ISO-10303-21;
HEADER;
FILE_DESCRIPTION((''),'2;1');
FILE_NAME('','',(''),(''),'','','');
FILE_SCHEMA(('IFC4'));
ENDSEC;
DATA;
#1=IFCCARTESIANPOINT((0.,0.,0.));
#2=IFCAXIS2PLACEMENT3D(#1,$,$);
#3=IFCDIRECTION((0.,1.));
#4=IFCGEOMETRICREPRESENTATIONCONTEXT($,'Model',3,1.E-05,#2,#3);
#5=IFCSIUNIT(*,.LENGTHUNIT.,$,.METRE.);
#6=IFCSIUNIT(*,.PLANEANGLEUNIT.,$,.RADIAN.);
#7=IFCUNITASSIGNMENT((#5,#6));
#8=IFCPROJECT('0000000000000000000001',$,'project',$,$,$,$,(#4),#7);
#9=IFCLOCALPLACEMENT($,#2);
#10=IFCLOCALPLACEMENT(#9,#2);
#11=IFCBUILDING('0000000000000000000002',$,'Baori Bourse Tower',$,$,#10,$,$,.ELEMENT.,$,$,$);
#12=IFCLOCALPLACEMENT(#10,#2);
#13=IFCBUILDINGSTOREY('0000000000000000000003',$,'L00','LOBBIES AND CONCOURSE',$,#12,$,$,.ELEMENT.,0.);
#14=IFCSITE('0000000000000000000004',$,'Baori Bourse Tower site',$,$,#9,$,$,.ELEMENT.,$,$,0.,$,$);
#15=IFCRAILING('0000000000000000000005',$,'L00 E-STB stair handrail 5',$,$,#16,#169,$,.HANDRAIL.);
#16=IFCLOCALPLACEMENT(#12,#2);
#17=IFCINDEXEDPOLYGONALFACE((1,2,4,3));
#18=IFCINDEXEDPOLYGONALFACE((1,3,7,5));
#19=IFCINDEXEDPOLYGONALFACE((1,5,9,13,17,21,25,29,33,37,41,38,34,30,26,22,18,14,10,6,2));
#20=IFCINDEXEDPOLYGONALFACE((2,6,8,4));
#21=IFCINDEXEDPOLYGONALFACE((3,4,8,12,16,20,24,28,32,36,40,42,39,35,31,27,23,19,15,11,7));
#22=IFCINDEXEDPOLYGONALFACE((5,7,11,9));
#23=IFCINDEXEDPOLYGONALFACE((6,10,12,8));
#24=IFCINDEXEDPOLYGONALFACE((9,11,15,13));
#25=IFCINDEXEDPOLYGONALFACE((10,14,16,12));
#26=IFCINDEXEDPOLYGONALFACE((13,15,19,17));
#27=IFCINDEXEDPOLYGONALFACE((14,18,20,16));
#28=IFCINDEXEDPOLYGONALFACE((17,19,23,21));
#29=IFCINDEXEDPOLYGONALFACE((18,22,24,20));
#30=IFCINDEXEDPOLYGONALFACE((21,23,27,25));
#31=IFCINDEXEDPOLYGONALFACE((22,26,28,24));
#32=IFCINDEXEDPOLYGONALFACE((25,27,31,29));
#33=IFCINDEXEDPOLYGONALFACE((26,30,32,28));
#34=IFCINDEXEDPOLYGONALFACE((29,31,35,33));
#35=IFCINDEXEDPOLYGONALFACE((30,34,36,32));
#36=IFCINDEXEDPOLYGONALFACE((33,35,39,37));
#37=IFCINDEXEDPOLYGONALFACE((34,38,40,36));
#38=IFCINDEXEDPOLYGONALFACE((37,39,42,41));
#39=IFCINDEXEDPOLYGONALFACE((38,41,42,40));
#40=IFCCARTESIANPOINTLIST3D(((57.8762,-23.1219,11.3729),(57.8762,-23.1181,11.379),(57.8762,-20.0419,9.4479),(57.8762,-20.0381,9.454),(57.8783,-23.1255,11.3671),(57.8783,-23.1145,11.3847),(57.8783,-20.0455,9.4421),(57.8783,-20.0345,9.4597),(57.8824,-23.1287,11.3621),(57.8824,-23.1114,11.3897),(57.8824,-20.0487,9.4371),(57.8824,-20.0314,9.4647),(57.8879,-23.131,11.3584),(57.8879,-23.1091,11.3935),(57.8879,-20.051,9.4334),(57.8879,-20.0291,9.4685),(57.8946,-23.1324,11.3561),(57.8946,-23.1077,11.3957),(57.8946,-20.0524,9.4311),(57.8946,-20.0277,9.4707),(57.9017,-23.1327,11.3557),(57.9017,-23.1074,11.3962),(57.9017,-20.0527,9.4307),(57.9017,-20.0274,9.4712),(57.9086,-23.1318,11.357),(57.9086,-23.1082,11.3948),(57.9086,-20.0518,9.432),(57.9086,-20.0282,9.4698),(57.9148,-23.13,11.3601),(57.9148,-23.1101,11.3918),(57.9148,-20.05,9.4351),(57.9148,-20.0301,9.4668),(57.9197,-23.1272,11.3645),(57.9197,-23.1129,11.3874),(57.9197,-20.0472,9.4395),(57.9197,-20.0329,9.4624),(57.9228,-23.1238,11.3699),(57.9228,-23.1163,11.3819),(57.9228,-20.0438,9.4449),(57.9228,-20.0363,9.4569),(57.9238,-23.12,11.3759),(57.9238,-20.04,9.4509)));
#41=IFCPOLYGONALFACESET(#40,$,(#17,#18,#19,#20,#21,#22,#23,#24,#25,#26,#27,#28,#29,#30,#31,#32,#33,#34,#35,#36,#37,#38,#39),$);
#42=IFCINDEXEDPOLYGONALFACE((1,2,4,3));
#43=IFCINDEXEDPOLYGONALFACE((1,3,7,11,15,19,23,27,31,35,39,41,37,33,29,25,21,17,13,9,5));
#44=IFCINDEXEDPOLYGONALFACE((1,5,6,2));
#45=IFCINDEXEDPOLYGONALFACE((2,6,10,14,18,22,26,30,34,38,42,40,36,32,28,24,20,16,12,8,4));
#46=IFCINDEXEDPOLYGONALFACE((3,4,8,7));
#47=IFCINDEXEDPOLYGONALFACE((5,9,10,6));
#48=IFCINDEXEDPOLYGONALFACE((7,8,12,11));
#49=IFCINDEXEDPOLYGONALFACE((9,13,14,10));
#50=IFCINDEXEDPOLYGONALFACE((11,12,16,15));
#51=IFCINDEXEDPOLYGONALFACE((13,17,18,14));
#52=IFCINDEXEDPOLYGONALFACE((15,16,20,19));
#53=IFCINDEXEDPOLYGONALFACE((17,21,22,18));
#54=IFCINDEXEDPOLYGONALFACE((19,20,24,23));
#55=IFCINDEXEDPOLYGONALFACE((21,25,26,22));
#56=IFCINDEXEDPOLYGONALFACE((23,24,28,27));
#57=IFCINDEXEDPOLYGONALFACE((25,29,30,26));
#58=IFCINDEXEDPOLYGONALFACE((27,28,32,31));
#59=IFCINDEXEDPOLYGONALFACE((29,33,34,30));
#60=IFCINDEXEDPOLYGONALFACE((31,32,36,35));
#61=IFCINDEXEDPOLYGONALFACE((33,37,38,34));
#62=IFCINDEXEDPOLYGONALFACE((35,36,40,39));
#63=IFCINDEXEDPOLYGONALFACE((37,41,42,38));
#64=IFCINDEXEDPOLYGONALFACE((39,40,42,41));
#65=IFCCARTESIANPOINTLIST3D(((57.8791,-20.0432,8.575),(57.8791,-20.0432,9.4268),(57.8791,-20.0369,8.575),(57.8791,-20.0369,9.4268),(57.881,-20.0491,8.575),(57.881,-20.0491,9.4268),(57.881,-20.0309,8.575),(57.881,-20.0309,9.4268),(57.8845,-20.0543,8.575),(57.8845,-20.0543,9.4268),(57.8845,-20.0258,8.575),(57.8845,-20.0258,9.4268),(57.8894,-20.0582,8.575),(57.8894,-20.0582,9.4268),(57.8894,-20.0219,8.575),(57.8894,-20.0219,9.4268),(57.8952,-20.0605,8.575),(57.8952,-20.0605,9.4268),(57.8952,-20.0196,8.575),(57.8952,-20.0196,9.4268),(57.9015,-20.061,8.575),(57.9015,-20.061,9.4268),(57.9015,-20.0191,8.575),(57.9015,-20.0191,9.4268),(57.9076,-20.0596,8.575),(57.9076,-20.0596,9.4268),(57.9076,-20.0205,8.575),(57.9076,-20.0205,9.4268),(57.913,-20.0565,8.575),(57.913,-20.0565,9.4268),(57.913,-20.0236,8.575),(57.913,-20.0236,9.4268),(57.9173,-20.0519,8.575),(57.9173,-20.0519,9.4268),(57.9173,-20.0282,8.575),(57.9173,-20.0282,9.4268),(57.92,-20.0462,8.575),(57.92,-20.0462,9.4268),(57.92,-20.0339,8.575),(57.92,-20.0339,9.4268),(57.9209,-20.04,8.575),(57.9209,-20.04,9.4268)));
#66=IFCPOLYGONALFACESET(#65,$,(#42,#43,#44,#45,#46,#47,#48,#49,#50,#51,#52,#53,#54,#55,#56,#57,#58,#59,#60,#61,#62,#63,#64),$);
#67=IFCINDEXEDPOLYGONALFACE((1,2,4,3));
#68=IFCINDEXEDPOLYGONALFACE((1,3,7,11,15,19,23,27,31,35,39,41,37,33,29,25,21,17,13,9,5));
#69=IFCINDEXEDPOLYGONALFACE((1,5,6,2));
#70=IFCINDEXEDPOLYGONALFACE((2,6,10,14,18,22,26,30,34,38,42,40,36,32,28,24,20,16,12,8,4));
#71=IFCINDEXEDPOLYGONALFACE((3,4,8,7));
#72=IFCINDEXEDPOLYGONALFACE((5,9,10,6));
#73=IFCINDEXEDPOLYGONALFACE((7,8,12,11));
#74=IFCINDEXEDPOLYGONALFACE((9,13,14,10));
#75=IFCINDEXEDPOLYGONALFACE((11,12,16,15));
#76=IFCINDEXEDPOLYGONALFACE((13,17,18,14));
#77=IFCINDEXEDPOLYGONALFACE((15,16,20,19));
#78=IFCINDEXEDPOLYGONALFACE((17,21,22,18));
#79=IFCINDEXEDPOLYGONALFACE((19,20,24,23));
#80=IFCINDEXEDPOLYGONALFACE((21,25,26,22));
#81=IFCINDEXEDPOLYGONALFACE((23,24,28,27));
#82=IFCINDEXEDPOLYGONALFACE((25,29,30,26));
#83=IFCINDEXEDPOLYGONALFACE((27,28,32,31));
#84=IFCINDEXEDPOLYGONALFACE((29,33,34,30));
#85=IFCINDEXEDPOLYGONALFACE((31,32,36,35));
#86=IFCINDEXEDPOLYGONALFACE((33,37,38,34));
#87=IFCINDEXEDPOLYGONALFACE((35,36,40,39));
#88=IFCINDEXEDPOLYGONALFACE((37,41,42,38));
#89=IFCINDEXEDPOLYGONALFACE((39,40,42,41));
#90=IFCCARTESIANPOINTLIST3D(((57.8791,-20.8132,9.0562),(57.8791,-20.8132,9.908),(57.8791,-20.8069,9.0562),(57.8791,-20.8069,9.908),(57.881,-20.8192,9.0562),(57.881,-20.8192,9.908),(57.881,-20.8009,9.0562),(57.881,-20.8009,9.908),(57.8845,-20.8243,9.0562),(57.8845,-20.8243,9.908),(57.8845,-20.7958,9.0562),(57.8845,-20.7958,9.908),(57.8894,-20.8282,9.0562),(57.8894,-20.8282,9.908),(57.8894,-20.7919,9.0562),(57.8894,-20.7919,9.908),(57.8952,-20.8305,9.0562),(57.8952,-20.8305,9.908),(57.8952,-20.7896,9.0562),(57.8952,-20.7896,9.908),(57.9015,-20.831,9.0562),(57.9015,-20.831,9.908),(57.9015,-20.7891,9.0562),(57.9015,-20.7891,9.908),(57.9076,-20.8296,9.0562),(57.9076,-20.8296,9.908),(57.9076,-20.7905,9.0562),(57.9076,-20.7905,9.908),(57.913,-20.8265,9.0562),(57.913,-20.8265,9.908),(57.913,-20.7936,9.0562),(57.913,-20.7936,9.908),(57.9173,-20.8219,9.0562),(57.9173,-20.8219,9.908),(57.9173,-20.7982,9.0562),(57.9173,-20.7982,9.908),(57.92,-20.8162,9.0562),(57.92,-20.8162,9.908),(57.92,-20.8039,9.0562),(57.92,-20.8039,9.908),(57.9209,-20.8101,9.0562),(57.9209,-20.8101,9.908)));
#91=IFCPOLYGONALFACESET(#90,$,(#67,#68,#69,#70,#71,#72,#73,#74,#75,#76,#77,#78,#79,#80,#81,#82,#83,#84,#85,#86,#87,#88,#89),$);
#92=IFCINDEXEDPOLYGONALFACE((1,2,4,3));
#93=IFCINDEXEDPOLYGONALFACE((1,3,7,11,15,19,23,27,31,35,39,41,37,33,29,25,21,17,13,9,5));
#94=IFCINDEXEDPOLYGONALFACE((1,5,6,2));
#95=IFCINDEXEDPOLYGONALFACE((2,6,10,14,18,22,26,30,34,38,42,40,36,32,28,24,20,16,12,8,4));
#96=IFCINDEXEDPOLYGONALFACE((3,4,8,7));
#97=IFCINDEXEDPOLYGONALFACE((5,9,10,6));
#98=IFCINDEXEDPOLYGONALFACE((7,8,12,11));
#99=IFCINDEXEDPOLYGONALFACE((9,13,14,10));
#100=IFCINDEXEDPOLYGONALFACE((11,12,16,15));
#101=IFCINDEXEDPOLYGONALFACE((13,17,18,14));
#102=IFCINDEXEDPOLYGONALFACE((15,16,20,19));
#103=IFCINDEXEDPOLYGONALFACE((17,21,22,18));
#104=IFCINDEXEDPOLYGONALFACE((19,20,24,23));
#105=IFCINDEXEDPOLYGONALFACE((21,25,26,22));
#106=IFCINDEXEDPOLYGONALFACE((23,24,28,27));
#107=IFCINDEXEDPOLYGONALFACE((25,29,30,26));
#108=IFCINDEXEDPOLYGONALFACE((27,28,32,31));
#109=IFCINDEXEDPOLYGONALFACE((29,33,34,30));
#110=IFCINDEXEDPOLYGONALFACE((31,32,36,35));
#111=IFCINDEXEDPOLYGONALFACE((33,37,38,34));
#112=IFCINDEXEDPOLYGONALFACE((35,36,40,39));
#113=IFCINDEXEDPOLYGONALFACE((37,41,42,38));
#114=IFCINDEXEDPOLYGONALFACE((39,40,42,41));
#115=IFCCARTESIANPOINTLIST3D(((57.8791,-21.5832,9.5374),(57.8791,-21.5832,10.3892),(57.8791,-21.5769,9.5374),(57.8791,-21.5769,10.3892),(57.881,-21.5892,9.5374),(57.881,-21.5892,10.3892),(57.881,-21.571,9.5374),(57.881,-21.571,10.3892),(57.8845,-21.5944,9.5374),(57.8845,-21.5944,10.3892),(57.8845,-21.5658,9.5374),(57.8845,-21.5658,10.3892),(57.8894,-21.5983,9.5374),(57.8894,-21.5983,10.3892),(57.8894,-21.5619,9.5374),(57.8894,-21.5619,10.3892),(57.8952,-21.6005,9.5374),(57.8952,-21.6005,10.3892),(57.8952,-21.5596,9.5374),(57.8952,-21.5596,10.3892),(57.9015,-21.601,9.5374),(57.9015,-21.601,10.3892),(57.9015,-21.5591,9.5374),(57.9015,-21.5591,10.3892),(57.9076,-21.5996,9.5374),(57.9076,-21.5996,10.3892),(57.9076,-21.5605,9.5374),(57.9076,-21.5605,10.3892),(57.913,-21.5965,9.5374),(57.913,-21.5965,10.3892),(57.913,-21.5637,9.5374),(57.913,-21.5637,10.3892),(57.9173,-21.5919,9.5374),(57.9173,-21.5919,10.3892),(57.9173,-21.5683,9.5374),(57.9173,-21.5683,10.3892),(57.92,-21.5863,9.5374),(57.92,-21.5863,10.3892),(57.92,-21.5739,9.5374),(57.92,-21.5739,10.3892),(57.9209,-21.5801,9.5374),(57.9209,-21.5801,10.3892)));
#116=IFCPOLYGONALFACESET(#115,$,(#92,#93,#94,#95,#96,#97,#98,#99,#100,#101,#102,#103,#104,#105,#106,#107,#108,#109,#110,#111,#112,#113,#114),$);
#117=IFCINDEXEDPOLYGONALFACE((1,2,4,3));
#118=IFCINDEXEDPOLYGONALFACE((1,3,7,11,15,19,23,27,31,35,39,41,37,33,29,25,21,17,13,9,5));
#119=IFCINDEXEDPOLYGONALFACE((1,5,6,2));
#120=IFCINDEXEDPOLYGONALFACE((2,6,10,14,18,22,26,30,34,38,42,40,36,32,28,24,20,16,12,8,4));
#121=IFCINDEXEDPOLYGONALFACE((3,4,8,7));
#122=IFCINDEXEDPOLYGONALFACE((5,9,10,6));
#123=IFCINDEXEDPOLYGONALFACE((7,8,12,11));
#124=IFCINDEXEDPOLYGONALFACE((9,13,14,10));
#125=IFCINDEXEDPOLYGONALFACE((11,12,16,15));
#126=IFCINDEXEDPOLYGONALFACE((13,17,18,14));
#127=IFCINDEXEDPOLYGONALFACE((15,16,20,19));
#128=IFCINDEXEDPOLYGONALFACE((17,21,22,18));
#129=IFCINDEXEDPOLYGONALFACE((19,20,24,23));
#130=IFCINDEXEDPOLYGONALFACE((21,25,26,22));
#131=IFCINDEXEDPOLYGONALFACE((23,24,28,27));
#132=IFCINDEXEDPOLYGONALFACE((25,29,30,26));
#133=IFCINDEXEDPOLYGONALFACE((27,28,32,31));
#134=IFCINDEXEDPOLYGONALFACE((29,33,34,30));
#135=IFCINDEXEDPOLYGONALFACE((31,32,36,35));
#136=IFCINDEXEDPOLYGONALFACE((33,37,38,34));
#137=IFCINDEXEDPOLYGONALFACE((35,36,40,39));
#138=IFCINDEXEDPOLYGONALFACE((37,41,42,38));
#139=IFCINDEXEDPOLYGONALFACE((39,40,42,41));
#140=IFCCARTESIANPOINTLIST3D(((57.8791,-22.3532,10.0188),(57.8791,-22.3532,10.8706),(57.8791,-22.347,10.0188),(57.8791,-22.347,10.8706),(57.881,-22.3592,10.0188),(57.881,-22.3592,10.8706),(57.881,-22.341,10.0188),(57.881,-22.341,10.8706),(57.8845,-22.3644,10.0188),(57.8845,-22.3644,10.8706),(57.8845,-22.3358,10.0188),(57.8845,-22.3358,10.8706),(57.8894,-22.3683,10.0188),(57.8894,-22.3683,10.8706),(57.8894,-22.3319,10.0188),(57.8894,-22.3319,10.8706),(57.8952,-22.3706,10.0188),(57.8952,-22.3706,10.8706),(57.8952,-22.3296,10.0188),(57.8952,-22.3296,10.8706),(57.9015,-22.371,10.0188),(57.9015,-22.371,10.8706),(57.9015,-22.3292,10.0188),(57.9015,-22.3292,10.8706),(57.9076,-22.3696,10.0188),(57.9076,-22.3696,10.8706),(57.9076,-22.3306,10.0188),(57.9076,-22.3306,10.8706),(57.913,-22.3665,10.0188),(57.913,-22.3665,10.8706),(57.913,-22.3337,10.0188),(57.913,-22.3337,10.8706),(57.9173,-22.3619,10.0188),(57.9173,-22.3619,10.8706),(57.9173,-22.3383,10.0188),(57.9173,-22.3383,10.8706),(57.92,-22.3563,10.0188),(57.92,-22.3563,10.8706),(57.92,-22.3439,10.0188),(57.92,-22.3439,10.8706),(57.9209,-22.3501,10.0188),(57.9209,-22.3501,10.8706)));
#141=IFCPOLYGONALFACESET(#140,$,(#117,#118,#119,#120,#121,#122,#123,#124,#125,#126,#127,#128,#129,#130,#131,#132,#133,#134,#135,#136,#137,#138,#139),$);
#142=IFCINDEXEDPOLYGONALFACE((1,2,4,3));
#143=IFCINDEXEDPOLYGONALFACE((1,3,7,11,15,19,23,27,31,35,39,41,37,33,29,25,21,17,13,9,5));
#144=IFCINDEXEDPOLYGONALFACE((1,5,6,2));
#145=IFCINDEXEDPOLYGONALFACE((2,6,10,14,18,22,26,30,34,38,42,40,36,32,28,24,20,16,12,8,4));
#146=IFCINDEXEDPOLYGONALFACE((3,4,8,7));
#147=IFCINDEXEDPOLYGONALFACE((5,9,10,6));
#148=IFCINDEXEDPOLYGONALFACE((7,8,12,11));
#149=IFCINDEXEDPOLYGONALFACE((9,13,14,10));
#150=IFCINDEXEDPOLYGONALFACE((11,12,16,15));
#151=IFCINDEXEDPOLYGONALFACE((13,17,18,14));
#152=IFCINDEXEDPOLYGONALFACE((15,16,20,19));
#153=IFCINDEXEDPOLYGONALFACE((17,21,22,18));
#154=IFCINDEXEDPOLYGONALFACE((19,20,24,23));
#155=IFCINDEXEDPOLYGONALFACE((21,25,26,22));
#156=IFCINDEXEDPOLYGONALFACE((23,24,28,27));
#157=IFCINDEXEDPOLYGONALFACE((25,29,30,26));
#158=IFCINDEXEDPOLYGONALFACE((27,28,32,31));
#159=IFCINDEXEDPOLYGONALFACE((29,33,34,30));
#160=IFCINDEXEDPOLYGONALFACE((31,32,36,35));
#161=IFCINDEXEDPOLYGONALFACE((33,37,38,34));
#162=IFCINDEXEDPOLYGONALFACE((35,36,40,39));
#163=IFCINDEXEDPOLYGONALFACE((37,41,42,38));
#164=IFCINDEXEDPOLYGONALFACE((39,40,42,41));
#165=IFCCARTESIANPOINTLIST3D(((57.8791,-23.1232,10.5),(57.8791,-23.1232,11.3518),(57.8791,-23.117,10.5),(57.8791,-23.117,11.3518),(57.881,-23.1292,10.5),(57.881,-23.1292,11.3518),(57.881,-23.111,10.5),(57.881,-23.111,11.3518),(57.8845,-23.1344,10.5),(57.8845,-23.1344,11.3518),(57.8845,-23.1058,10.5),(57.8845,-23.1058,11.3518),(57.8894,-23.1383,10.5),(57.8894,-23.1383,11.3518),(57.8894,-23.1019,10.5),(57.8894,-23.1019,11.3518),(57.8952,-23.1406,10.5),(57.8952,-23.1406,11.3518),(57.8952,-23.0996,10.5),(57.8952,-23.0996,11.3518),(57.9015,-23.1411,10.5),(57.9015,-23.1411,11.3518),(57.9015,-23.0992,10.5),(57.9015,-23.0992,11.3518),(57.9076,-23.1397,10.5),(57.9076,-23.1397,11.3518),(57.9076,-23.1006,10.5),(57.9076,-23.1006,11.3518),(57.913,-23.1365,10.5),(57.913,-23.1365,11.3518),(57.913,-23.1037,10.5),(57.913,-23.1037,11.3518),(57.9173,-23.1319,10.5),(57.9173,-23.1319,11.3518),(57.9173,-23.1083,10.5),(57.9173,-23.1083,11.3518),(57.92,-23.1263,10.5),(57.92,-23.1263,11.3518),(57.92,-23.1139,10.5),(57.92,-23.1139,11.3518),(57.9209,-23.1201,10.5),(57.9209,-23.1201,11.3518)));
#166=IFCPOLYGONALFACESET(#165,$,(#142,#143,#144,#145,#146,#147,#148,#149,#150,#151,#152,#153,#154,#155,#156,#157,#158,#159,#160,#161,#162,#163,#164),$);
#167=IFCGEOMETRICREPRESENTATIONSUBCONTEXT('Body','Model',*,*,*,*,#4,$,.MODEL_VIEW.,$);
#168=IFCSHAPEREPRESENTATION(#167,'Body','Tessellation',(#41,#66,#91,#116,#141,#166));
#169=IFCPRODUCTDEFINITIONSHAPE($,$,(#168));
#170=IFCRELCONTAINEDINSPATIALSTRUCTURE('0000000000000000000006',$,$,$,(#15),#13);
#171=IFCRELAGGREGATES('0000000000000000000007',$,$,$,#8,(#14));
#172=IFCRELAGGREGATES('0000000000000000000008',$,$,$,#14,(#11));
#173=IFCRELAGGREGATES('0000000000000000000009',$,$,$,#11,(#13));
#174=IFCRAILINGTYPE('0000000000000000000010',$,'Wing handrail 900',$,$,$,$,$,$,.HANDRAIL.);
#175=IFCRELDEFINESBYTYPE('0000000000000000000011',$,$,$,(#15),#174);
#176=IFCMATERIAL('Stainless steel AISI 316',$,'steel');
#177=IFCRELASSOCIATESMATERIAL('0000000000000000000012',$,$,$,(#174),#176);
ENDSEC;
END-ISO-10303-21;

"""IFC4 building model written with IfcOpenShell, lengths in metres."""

from ifc_helpers import new_model, si_unit, direction, frame, origin, origin_2d, place, context, subcontext, project, spatial, circle, extrude, material, type_object, element, save


model = new_model("IFC4")

# Units and contexts
model_context = context("Model", 3, precision=1e-05, world=origin(), true_north=direction((0.0, 1.0)))
body_context = subcontext(model_context, "Body", "Model", "MODEL_VIEW")
ifc_project = project(units=[si_unit("LENGTHUNIT", "METRE"), si_unit("PLANEANGLEUNIT", "RADIAN")], contexts=[model_context])

# Site, building, storey
site_placement = place(None, origin())
site = spatial("IfcSite", under=ifc_project, at=site_placement, Name="Baori Bourse Tower site", CompositionType="ELEMENT", RefElevation=0.0)
building_placement = place(site_placement, origin())
building = spatial("IfcBuilding", under=site, at=building_placement, Name="Baori Bourse Tower", CompositionType="ELEMENT")
storey_placement = place(building_placement, origin())
storey = spatial("IfcBuildingStorey", under=building, at=storey_placement, Name="L00", Description="LOBBIES AND CONCOURSE", CompositionType="ELEMENT", Elevation=0.0)

# Railing
ifc_material_1 = material(Name="Stainless steel AISI 316", Category="steel")
railing_type_1 = type_object("IfcRailingType", Name="Wing handrail 900", PredefinedType="HANDRAIL", material=ifc_material_1)
railing_1_placement = place(storey_placement, frame((57.8999, -20.04, 8.575)))
element("IfcRailing", 1, at=railing_1_placement, inside=storey, type_object=railing_type_1, Name="L00 E-STB stair handrail 5", PredefinedType="HANDRAIL", context=body_context, shape_type="SweptSolid", body=[
    extrude(circle(Radius=0.0239, at=origin_2d()), frame((0.0, 0.0, 0.876), z_axis=(0.0, -0.847998, 0.529999), x_axis=(1.0, 0.0, 0.0)), (0.0, 0.0, 1.0), 3.6321),
    extrude(circle(Radius=0.021, at=origin_2d()), origin(), (0.0, 0.0, 1.0), 0.8518),
    extrude(circle(Radius=0.021, at=origin_2d()), frame((0.0, -0.77, 0.4812)), (0.0, 0.0, 1.0), 0.8518),
    extrude(circle(Radius=0.021, at=origin_2d()), frame((0.0, -1.54, 0.9624)), (0.0, 0.0, 1.0), 0.8518),
    extrude(circle(Radius=0.021, at=origin_2d()), frame((0.0, -2.3101, 1.4438)), (0.0, 0.0, 1.0), 0.8518),
    extrude(circle(Radius=0.021, at=origin_2d()), frame((0.0, -3.0801, 1.925)), (0.0, 0.0, 1.0), 0.8518),
])

save(model, "model.ifc")
